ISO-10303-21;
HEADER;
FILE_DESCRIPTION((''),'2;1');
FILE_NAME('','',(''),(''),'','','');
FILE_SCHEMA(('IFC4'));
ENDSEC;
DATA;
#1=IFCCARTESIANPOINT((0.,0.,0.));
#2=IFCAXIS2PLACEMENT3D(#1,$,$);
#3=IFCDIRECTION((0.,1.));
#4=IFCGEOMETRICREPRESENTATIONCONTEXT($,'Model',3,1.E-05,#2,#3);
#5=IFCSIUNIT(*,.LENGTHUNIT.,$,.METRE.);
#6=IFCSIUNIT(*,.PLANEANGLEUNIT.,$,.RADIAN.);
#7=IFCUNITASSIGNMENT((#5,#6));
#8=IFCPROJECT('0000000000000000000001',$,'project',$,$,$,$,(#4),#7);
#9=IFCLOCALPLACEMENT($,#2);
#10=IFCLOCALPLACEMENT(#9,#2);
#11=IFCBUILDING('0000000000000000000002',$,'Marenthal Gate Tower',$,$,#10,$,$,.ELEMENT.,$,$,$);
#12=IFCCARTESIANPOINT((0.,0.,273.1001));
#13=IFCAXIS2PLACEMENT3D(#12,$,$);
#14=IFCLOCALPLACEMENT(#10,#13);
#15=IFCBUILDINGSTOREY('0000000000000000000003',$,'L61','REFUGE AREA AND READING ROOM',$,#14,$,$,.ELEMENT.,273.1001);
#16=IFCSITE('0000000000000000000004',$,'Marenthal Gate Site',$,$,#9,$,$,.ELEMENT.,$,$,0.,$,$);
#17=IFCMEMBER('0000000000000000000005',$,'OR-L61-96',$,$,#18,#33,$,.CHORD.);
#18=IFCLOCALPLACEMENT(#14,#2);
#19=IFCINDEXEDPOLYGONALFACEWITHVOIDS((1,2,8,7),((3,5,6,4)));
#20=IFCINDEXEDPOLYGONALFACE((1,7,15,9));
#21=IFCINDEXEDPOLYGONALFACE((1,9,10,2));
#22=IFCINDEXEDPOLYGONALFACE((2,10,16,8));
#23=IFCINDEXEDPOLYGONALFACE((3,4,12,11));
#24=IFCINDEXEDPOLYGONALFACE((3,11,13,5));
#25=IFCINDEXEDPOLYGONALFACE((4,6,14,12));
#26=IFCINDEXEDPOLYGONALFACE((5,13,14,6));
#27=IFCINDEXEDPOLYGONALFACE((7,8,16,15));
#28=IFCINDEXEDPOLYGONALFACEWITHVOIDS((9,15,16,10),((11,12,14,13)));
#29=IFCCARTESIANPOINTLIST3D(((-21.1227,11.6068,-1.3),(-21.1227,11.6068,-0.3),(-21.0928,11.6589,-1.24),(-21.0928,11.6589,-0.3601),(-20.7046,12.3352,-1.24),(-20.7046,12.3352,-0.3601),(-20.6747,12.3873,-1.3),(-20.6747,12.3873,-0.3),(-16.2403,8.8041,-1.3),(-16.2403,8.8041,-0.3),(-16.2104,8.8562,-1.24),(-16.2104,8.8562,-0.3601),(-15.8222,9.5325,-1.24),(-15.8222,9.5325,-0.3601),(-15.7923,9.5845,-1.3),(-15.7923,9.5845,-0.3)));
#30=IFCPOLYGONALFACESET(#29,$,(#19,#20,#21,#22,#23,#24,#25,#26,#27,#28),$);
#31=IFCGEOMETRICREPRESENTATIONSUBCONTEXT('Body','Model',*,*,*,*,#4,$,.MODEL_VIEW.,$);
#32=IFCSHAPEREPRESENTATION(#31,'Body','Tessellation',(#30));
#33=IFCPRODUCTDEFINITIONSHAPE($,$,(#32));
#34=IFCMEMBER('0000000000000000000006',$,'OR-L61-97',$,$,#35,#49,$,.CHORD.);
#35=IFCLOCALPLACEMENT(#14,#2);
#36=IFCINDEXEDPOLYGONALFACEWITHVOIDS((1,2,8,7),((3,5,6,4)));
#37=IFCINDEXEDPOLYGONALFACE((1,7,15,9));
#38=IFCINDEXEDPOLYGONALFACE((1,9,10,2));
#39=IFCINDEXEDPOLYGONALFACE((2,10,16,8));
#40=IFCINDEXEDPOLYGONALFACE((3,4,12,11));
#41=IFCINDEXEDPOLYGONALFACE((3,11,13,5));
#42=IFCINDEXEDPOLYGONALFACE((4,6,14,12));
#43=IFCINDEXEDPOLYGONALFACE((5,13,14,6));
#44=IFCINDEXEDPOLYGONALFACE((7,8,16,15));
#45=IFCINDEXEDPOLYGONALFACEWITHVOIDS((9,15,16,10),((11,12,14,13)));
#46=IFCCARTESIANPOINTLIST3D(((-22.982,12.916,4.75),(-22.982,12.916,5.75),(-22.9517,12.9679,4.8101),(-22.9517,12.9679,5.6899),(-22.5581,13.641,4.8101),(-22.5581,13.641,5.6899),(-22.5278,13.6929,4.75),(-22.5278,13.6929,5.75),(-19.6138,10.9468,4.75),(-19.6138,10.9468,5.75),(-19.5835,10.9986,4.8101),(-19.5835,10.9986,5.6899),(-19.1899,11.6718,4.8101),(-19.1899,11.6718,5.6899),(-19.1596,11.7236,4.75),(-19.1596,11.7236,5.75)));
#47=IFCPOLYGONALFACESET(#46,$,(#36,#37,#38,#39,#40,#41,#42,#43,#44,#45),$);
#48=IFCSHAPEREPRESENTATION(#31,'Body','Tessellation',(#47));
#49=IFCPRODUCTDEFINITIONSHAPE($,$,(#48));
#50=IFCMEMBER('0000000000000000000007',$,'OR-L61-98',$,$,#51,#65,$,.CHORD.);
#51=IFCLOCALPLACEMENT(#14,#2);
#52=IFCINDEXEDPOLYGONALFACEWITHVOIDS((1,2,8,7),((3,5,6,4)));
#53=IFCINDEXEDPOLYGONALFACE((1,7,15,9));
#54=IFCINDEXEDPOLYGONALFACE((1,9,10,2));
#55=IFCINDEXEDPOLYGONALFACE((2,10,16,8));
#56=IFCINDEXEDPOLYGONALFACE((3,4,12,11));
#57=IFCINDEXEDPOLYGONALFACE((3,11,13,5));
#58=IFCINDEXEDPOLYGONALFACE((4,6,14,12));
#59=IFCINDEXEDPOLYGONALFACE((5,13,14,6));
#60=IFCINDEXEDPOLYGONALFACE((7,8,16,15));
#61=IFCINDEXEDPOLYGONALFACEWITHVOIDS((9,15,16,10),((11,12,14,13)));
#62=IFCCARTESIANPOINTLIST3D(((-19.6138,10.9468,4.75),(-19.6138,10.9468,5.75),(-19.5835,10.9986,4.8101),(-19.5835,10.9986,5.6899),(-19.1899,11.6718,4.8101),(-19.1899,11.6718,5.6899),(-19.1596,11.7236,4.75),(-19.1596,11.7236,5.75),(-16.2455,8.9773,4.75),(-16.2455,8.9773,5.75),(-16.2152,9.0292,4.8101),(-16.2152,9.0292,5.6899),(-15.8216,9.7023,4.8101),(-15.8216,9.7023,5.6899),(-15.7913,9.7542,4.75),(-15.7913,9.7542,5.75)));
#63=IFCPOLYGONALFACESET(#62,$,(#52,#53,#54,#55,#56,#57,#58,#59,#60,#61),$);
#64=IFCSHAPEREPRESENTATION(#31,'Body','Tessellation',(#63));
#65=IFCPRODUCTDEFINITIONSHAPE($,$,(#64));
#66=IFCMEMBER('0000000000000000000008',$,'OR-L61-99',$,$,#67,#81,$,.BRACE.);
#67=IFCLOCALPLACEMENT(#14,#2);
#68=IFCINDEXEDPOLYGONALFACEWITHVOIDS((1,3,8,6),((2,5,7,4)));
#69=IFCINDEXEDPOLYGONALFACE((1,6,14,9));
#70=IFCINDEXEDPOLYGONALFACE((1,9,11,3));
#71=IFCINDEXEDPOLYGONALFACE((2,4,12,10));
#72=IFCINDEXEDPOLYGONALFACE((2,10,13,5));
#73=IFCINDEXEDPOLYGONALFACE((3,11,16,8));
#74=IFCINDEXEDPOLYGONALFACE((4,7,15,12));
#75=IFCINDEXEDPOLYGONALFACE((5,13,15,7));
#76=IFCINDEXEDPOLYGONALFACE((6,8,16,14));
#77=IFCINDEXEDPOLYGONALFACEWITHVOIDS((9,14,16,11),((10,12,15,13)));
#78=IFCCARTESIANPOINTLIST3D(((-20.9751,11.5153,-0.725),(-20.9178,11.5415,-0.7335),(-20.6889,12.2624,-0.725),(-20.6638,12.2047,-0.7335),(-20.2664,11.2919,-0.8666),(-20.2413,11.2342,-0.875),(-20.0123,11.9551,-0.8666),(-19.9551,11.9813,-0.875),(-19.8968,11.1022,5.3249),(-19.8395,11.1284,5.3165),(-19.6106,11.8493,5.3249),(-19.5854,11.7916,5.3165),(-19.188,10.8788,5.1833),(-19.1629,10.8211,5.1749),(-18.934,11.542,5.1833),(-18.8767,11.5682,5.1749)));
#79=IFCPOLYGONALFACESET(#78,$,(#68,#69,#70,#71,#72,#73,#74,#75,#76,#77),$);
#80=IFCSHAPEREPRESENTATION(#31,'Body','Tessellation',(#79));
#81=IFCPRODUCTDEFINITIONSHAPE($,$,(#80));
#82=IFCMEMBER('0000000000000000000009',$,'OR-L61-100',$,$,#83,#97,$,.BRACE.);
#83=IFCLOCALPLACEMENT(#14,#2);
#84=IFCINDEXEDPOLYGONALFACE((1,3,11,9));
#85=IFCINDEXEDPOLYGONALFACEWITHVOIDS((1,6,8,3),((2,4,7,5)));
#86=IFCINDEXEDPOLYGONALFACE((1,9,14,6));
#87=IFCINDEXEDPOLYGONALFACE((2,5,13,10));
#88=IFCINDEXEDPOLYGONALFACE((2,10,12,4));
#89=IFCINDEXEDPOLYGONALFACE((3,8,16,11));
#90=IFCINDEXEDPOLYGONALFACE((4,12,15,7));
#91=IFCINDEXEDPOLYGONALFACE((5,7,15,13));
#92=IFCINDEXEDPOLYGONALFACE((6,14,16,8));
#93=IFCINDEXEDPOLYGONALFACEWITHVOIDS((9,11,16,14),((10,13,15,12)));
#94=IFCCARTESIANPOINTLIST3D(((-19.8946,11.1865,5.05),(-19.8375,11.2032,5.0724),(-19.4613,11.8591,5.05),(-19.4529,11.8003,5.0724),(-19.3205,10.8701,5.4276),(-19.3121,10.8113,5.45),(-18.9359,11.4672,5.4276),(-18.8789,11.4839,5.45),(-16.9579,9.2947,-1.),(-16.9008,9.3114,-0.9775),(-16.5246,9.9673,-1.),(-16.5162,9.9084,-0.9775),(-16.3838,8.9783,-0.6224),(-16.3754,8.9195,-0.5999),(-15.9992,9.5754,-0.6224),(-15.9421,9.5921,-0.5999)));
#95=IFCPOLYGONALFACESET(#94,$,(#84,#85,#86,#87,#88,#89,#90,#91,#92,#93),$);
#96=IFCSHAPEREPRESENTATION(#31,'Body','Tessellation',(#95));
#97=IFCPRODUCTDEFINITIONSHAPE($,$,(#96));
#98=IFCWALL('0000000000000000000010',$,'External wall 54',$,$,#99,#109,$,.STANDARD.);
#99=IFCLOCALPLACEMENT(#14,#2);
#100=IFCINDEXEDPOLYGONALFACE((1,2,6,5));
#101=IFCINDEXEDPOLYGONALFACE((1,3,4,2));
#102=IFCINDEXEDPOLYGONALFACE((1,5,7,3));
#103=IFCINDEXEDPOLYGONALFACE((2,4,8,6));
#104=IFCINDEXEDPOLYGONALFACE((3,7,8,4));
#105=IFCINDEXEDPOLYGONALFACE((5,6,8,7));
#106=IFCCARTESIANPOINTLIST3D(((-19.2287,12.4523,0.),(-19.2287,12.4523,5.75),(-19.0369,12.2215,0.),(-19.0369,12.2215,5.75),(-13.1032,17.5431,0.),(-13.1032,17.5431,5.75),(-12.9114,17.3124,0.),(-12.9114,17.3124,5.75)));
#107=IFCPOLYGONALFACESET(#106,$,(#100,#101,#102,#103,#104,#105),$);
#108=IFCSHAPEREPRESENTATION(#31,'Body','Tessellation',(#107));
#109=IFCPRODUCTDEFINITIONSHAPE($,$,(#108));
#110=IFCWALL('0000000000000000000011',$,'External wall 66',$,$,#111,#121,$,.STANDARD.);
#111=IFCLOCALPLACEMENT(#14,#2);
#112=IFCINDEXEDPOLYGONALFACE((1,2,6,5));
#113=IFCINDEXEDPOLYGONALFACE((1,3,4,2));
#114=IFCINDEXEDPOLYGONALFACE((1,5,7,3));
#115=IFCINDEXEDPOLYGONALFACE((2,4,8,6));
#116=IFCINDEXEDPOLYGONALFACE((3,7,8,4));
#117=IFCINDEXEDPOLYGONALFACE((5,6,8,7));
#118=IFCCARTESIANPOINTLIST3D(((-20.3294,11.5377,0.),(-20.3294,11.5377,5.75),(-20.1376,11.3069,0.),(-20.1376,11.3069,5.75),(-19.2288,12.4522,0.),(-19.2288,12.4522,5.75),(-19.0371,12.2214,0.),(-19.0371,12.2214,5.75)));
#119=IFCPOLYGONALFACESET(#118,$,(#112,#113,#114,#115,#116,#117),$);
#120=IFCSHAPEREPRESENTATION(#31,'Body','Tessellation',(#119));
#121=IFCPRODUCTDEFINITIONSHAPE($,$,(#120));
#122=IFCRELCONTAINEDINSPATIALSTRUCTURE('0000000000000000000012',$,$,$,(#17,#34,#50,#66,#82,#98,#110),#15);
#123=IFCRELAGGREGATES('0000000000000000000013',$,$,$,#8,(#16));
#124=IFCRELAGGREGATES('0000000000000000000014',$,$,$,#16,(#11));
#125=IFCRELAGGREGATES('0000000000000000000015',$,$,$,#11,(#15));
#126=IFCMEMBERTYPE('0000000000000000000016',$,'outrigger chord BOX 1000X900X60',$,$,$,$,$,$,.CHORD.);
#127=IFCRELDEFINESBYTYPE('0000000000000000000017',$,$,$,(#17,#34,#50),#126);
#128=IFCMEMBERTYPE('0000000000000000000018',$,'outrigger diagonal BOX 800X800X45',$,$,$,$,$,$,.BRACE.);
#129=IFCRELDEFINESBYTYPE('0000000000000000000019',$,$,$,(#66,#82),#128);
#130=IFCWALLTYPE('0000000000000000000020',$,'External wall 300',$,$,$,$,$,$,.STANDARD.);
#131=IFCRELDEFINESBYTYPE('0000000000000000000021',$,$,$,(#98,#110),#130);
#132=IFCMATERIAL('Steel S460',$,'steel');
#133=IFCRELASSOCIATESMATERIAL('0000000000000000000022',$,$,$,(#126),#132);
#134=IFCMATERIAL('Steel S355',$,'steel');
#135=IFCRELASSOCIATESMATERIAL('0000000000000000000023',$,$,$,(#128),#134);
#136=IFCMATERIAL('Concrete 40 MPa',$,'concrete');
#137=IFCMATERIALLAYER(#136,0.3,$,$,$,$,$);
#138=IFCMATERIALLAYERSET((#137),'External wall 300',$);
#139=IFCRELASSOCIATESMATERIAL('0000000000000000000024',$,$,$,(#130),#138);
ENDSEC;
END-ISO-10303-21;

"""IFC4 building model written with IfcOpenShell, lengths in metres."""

from ifc_helpers import new_model, si_unit, direction, frame, frame_2d, origin, origin_2d, place, context, subcontext, project, spatial, rectangle, hollow_rectangle, extrude, material, layer, layer_set, material_profile, profile_set, type_object, element, save


model = new_model("IFC4")

# Units and contexts
model_context = context("Model", 3, precision=1e-05, world=origin(), true_north=direction((0.0, 1.0)))
body_context = subcontext(model_context, "Body", "Model", "MODEL_VIEW")
ifc_project = project(units=[si_unit("LENGTHUNIT", "METRE"), si_unit("PLANEANGLEUNIT", "RADIAN")], contexts=[model_context])

# Site, building, storey
site_placement = place(None, origin())
site = spatial("IfcSite", under=ifc_project, at=site_placement, Name="Marenthal Gate Site", CompositionType="ELEMENT", RefElevation=0.0)
building_placement = place(site_placement, origin())
building = spatial("IfcBuilding", under=site, at=building_placement, Name="Marenthal Gate Tower", CompositionType="ELEMENT")
storey_placement = place(building_placement, frame((0.0, 0.0, 273.1001)))
storey = spatial("IfcBuildingStorey", under=building, at=storey_placement, Name="L61", Description="REFUGE AREA AND READING ROOM", CompositionType="ELEMENT", Elevation=273.1001)

# Members
ifc_material_1 = material(Name="Steel S460", Category="steel")
ifc_material_profile_1 = material_profile(ifc_material_1, hollow_rectangle(XDim=0.8999, YDim=1.0, WallThickness=0.0601, at=origin_2d()), Name="BOX 1000X900X60")
ifc_profile_set_1 = profile_set([ifc_material_profile_1], Name="Steel S460")
member_type_1 = type_object("IfcMemberType", Name="outrigger chord BOX 1000X900X60", PredefinedType="CHORD", material=ifc_profile_set_1)
member_1_placement = place(storey_placement, frame((-20.8987, 11.9971, -0.8), z_axis=(0.867259, -0.497857, 0.0), x_axis=(0.497857, 0.867259, 0.0)))
element("IfcMember", 1, at=member_1_placement, inside=storey, type_object=member_type_1, Name="OR-L61-96", PredefinedType="CHORD", context=body_context, shape_type="SweptSolid", body=[
    extrude(hollow_rectangle(XDim=0.8999, YDim=1.0, WallThickness=0.0601, at=origin_2d()), origin(), (0.0, 0.0, 1.0), 5.6296),
])
member_2_placement = place(storey_placement, frame((-22.7549, 13.3044, 5.25), z_axis=(0.863279, -0.504727, 0.0), x_axis=(0.504727, 0.863279, 0.0)))
element("IfcMember", 2, at=member_2_placement, inside=storey, type_object=member_type_1, Name="OR-L61-97", PredefinedType="CHORD", context=body_context, shape_type="SweptSolid", body=[
    extrude(hollow_rectangle(XDim=0.8999, YDim=1.0, WallThickness=0.0601, at=origin_2d()), origin(), (0.0, 0.0, 1.0), 3.9016),
])
member_3_placement = place(storey_placement, frame((-19.3867, 11.3352, 5.25), z_axis=(0.863268, -0.504746, 0.0), x_axis=(0.504746, 0.863268, 0.0)))
element("IfcMember", 3, at=member_3_placement, inside=storey, type_object=member_type_1, Name="OR-L61-98", PredefinedType="CHORD", context=body_context, shape_type="SweptSolid", body=[
    extrude(hollow_rectangle(XDim=0.8999, YDim=1.0, WallThickness=0.0601, at=origin_2d()), origin(), (0.0, 0.0, 1.0), 3.9019),
])
ifc_material_2 = material(Name="Steel S355", Category="steel")
ifc_material_profile_2 = material_profile(ifc_material_2, hollow_rectangle(XDim=0.8, YDim=0.8, WallThickness=0.0449, at=origin_2d()), Name="BOX 800X800X45")
ifc_profile_set_2 = profile_set([ifc_material_profile_2], Name="Steel S355")
member_type_2 = type_object("IfcMemberType", Name="outrigger diagonal BOX 800X800X45", PredefinedType="BRACE", material=ifc_profile_set_2)
member_4_placement = place(storey_placement, frame((-20.4651, 11.7483, -0.8), z_axis=(0.175081, -0.067067, 0.982267), x_axis=(0.357718, 0.93383, 0.0)))
element("IfcMember", 4, at=member_4_placement, inside=storey, type_object=member_type_2, Name="OR-L61-99", PredefinedType="BRACE", context=body_context, shape_type="SweptSolid", body=[
    extrude(hollow_rectangle(XDim=0.8, YDim=0.8, WallThickness=0.0449, at=origin_2d()), origin(), (0.0, 0.0, 1.0), 6.1592),
])
member_5_placement = place(storey_placement, frame((-19.3867, 11.3352, 5.25), z_axis=(0.420368, -0.270798, -0.866002), x_axis=(0.541552, 0.840667, 0.0)))
element("IfcMember", 5, at=member_5_placement, inside=storey, type_object=member_type_2, Name="OR-L61-100", PredefinedType="BRACE", context=body_context, shape_type="SweptSolid", body=[
    extrude(hollow_rectangle(XDim=0.8, YDim=0.8, WallThickness=0.0449, at=origin_2d()), origin(), (0.0, 0.0, 1.0), 6.9861),
])

# Walls
ifc_material_3 = material(Name="Concrete 40 MPa", Category="concrete")
ifc_layer_1 = layer(ifc_material_3, 0.3)
ifc_layer_set_1 = layer_set([ifc_layer_1], Name="External wall 300")
wall_type_1 = type_object("IfcWallType", Name="External wall 300", PredefinedType="STANDARD", material=ifc_layer_set_1)
wall_1_placement = place(storey_placement, frame((-19.1328, 12.3369, 0.0), z_axis=(0.0, 0.0, 1.0), x_axis=(0.76907, 0.639165, 0.0)))
element("IfcWall", 6, at=wall_1_placement, inside=storey, type_object=wall_type_1, Name="External wall 54", PredefinedType="STANDARD", context=body_context, shape_type="SweptSolid", body=[
    extrude(rectangle(XDim=7.9648, YDim=0.3, at=frame_2d((3.9824, 0.0))), origin(), (0.0, 0.0, 1.0), 5.75),
])
wall_2_placement = place(storey_placement, frame((-20.2334, 11.4224, 0.0), z_axis=(0.0, 0.0, 1.0), x_axis=(0.769116, 0.63911, 0.0)))
element("IfcWall", 7, at=wall_2_placement, inside=storey, type_object=wall_type_1, Name="External wall 66", PredefinedType="STANDARD", context=body_context, shape_type="SweptSolid", body=[
    extrude(rectangle(XDim=1.4309, YDim=0.3, at=frame_2d((0.7153, 0.0))), origin(), (0.0, 0.0, 1.0), 5.75),
])

save(model, "model.ifc")
